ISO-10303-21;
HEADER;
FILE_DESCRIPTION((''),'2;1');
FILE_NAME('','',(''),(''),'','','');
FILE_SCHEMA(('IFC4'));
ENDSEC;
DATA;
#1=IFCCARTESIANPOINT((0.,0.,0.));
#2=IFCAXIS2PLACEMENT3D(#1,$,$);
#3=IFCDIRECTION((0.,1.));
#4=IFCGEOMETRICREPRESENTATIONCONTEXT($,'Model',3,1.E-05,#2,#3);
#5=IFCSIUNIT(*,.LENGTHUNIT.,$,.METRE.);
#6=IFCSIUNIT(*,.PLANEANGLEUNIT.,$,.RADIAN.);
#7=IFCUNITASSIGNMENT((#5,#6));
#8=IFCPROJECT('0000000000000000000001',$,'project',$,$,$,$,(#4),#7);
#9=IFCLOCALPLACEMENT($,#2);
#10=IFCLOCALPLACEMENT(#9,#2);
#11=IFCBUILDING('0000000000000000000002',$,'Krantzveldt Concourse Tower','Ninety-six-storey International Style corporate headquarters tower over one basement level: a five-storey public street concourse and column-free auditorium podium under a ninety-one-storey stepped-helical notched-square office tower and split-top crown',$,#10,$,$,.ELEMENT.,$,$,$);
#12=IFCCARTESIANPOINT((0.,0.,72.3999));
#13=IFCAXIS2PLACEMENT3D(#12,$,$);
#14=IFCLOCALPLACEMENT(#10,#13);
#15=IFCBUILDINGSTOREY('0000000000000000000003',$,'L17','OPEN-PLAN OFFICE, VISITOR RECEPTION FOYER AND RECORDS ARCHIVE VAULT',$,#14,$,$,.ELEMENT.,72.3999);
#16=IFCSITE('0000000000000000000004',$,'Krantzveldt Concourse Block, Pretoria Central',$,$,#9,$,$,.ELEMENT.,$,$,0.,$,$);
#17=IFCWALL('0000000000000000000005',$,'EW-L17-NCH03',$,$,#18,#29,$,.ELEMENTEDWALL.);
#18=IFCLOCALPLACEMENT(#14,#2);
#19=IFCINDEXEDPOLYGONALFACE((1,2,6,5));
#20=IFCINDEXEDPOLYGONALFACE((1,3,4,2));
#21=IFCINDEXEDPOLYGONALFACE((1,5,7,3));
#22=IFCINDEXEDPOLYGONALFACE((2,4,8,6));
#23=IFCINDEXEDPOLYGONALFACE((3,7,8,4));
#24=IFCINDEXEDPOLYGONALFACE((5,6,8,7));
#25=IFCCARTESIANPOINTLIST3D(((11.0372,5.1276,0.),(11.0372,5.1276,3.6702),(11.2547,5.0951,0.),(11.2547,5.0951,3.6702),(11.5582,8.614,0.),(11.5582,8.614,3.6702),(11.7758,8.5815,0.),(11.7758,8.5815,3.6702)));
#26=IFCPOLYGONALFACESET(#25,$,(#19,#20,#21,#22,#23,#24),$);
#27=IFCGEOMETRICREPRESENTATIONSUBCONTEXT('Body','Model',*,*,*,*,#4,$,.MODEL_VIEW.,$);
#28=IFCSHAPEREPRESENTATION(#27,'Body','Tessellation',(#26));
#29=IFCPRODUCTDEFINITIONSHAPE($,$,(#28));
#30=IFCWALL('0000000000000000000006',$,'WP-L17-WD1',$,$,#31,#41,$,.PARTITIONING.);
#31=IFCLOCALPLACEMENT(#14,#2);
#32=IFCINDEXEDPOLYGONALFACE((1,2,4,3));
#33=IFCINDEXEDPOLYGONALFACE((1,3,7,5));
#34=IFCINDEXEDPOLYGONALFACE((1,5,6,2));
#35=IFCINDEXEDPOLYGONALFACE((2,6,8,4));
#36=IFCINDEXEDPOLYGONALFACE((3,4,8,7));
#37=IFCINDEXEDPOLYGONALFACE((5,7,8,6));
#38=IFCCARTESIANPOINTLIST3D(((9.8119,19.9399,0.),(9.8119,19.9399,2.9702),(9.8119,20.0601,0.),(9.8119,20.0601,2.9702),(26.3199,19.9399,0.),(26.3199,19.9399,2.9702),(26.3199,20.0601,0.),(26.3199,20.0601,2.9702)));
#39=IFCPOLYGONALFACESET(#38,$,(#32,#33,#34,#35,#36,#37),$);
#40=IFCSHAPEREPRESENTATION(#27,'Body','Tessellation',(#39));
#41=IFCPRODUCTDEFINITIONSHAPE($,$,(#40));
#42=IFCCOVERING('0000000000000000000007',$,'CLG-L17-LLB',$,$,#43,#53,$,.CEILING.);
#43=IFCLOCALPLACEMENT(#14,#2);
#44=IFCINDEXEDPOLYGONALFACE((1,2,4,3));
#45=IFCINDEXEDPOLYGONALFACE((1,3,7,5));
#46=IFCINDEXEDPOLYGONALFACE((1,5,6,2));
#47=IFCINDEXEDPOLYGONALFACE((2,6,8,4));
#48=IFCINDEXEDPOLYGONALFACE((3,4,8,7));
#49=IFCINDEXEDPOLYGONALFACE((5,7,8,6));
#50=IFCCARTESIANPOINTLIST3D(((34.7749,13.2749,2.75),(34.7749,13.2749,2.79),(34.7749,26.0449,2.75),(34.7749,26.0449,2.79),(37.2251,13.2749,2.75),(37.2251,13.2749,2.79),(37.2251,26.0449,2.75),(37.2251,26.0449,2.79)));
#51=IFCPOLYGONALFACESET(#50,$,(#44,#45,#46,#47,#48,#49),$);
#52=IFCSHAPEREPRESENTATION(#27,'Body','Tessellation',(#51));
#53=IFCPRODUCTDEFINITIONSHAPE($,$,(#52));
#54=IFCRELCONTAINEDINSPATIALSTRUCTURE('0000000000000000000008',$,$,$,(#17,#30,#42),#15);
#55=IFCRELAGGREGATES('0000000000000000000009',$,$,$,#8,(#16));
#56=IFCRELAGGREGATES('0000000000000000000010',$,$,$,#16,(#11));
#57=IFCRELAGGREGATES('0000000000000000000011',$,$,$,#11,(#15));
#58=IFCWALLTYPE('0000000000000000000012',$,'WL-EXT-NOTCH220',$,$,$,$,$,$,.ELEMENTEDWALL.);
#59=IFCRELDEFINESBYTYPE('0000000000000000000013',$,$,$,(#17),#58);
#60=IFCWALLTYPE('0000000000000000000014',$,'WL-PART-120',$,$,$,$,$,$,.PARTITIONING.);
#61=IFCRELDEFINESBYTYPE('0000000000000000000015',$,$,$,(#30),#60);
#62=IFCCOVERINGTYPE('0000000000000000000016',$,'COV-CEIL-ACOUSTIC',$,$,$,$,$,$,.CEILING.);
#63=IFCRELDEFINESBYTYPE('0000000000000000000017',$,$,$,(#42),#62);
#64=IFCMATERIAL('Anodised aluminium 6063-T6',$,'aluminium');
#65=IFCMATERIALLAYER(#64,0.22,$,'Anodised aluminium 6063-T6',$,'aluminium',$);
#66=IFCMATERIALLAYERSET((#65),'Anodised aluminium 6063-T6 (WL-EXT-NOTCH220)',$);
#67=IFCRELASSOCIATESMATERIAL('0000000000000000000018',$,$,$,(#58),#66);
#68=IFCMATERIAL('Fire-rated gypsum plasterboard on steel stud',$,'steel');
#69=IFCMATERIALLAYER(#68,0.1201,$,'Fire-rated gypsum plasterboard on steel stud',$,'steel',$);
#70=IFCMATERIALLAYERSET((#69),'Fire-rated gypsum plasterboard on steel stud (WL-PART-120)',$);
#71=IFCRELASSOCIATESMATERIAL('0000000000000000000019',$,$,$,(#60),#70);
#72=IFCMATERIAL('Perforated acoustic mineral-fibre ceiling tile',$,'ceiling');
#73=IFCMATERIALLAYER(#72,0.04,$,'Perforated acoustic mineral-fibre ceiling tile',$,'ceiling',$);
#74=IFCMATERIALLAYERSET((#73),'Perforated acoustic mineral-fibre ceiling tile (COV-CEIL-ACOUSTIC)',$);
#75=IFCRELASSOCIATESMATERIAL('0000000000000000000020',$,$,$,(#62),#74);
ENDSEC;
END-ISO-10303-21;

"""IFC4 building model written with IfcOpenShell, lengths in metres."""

from ifc_helpers import new_model, si_unit, direction, frame, frame_2d, origin, place, context, subcontext, project, spatial, polyline, rectangle, outline, extrude, material, layer, layer_set, type_object, element, save


model = new_model("IFC4")

# Units and contexts
model_context = context("Model", 3, precision=1e-05, world=origin(), true_north=direction((0.0, 1.0)))
body_context = subcontext(model_context, "Body", "Model", "MODEL_VIEW")
ifc_project = project(units=[si_unit("LENGTHUNIT", "METRE"), si_unit("PLANEANGLEUNIT", "RADIAN")], contexts=[model_context])

# Site, building, storey
site_placement = place(None, origin())
site = spatial("IfcSite", under=ifc_project, at=site_placement, Name="Krantzveldt Concourse Block, Pretoria Central", CompositionType="ELEMENT", RefElevation=0.0)
building_placement = place(site_placement, origin())
building = spatial("IfcBuilding", under=site, at=building_placement, Name="Krantzveldt Concourse Tower", Description="Ninety-six-storey International Style corporate headquarters tower over one basement level: a five-storey public street concourse and column-free auditorium podium under a ninety-one-storey stepped-helical notched-square office tower and split-top crown", CompositionType="ELEMENT")
storey_placement = place(building_placement, frame((0.0, 0.0, 72.3999)))
storey = spatial("IfcBuildingStorey", under=building, at=storey_placement, Name="L17", Description="OPEN-PLAN OFFICE, VISITOR RECEPTION FOYER AND RECORDS ARCHIVE VAULT", CompositionType="ELEMENT", Elevation=72.3999)

# Shared definitions
ifc_material_1 = material(Name="Anodised aluminium 6063-T6", Category="aluminium")

# Walls
ifc_layer_1 = layer(ifc_material_1, 0.22, Name="Anodised aluminium 6063-T6", Category="aluminium")
ifc_layer_set_1 = layer_set([ifc_layer_1], Name="Anodised aluminium 6063-T6 (WL-EXT-NOTCH220)")
wall_type_1 = type_object("IfcWallType", Name="WL-EXT-NOTCH220", PredefinedType="ELEMENTEDWALL", material=ifc_layer_set_1)
wall_1_placement = place(storey_placement, frame((11.667, 8.5979, 0.0), z_axis=(0.0, 0.0, 1.0), x_axis=(-0.147799, -0.989017, 0.0)))
element("IfcWall", 1, at=wall_1_placement, inside=storey, type_object=wall_type_1, Name="EW-L17-NCH03", PredefinedType="ELEMENTEDWALL", context=body_context, shape_type="SweptSolid", body=[
    extrude(rectangle(XDim=3.5251, YDim=0.22, at=frame_2d((1.7627, 0.0))), origin(), (0.0, 0.0, 1.0), 3.6702),
])
ifc_material_2 = material(Name="Fire-rated gypsum plasterboard on steel stud", Category="steel")
ifc_layer_2 = layer(ifc_material_2, 0.1201, Name="Fire-rated gypsum plasterboard on steel stud", Category="steel")
ifc_layer_set_2 = layer_set([ifc_layer_2], Name="Fire-rated gypsum plasterboard on steel stud (WL-PART-120)")
wall_type_2 = type_object("IfcWallType", Name="WL-PART-120", PredefinedType="PARTITIONING", material=ifc_layer_set_2)
wall_2_placement = place(storey_placement, frame((9.812, 20.0, 0.0), z_axis=(0.0, 0.0, 1.0), x_axis=(1.0, 0.0, 0.0)))
element("IfcWall", 2, at=wall_2_placement, inside=storey, type_object=wall_type_2, Name="WP-L17-WD1", PredefinedType="PARTITIONING", context=body_context, shape_type="SweptSolid", body=[
    extrude(rectangle(XDim=16.5081, YDim=0.1201, at=frame_2d((8.2539, 0.0))), origin(), (0.0, 0.0, 1.0), 2.9702),
])

# Covering
ifc_material_3 = material(Name="Perforated acoustic mineral-fibre ceiling tile", Category="ceiling")
ifc_layer_3 = layer(ifc_material_3, 0.04, Name="Perforated acoustic mineral-fibre ceiling tile", Category="ceiling")
ifc_layer_set_3 = layer_set([ifc_layer_3], Name="Perforated acoustic mineral-fibre ceiling tile (COV-CEIL-ACOUSTIC)")
covering_type = type_object("IfcCoveringType", Name="COV-CEIL-ACOUSTIC", PredefinedType="CEILING", material=ifc_layer_set_3)
covering_placement = place(storey_placement, frame((0.0, 0.0, 2.75)))
element("IfcCovering", 3, at=covering_placement, inside=storey, type_object=covering_type, Name="CLG-L17-LLB", PredefinedType="CEILING", context=body_context, shape_type="SweptSolid", body=[
    extrude(outline(polyline([(37.2251, 13.2749), (34.7749, 13.2749), (34.7749, 26.0449), (37.2251, 26.0449), (37.2251, 13.2749)])), origin(), (0.0, 0.0, 1.0), 0.04),
])

save(model, "model.ifc")
